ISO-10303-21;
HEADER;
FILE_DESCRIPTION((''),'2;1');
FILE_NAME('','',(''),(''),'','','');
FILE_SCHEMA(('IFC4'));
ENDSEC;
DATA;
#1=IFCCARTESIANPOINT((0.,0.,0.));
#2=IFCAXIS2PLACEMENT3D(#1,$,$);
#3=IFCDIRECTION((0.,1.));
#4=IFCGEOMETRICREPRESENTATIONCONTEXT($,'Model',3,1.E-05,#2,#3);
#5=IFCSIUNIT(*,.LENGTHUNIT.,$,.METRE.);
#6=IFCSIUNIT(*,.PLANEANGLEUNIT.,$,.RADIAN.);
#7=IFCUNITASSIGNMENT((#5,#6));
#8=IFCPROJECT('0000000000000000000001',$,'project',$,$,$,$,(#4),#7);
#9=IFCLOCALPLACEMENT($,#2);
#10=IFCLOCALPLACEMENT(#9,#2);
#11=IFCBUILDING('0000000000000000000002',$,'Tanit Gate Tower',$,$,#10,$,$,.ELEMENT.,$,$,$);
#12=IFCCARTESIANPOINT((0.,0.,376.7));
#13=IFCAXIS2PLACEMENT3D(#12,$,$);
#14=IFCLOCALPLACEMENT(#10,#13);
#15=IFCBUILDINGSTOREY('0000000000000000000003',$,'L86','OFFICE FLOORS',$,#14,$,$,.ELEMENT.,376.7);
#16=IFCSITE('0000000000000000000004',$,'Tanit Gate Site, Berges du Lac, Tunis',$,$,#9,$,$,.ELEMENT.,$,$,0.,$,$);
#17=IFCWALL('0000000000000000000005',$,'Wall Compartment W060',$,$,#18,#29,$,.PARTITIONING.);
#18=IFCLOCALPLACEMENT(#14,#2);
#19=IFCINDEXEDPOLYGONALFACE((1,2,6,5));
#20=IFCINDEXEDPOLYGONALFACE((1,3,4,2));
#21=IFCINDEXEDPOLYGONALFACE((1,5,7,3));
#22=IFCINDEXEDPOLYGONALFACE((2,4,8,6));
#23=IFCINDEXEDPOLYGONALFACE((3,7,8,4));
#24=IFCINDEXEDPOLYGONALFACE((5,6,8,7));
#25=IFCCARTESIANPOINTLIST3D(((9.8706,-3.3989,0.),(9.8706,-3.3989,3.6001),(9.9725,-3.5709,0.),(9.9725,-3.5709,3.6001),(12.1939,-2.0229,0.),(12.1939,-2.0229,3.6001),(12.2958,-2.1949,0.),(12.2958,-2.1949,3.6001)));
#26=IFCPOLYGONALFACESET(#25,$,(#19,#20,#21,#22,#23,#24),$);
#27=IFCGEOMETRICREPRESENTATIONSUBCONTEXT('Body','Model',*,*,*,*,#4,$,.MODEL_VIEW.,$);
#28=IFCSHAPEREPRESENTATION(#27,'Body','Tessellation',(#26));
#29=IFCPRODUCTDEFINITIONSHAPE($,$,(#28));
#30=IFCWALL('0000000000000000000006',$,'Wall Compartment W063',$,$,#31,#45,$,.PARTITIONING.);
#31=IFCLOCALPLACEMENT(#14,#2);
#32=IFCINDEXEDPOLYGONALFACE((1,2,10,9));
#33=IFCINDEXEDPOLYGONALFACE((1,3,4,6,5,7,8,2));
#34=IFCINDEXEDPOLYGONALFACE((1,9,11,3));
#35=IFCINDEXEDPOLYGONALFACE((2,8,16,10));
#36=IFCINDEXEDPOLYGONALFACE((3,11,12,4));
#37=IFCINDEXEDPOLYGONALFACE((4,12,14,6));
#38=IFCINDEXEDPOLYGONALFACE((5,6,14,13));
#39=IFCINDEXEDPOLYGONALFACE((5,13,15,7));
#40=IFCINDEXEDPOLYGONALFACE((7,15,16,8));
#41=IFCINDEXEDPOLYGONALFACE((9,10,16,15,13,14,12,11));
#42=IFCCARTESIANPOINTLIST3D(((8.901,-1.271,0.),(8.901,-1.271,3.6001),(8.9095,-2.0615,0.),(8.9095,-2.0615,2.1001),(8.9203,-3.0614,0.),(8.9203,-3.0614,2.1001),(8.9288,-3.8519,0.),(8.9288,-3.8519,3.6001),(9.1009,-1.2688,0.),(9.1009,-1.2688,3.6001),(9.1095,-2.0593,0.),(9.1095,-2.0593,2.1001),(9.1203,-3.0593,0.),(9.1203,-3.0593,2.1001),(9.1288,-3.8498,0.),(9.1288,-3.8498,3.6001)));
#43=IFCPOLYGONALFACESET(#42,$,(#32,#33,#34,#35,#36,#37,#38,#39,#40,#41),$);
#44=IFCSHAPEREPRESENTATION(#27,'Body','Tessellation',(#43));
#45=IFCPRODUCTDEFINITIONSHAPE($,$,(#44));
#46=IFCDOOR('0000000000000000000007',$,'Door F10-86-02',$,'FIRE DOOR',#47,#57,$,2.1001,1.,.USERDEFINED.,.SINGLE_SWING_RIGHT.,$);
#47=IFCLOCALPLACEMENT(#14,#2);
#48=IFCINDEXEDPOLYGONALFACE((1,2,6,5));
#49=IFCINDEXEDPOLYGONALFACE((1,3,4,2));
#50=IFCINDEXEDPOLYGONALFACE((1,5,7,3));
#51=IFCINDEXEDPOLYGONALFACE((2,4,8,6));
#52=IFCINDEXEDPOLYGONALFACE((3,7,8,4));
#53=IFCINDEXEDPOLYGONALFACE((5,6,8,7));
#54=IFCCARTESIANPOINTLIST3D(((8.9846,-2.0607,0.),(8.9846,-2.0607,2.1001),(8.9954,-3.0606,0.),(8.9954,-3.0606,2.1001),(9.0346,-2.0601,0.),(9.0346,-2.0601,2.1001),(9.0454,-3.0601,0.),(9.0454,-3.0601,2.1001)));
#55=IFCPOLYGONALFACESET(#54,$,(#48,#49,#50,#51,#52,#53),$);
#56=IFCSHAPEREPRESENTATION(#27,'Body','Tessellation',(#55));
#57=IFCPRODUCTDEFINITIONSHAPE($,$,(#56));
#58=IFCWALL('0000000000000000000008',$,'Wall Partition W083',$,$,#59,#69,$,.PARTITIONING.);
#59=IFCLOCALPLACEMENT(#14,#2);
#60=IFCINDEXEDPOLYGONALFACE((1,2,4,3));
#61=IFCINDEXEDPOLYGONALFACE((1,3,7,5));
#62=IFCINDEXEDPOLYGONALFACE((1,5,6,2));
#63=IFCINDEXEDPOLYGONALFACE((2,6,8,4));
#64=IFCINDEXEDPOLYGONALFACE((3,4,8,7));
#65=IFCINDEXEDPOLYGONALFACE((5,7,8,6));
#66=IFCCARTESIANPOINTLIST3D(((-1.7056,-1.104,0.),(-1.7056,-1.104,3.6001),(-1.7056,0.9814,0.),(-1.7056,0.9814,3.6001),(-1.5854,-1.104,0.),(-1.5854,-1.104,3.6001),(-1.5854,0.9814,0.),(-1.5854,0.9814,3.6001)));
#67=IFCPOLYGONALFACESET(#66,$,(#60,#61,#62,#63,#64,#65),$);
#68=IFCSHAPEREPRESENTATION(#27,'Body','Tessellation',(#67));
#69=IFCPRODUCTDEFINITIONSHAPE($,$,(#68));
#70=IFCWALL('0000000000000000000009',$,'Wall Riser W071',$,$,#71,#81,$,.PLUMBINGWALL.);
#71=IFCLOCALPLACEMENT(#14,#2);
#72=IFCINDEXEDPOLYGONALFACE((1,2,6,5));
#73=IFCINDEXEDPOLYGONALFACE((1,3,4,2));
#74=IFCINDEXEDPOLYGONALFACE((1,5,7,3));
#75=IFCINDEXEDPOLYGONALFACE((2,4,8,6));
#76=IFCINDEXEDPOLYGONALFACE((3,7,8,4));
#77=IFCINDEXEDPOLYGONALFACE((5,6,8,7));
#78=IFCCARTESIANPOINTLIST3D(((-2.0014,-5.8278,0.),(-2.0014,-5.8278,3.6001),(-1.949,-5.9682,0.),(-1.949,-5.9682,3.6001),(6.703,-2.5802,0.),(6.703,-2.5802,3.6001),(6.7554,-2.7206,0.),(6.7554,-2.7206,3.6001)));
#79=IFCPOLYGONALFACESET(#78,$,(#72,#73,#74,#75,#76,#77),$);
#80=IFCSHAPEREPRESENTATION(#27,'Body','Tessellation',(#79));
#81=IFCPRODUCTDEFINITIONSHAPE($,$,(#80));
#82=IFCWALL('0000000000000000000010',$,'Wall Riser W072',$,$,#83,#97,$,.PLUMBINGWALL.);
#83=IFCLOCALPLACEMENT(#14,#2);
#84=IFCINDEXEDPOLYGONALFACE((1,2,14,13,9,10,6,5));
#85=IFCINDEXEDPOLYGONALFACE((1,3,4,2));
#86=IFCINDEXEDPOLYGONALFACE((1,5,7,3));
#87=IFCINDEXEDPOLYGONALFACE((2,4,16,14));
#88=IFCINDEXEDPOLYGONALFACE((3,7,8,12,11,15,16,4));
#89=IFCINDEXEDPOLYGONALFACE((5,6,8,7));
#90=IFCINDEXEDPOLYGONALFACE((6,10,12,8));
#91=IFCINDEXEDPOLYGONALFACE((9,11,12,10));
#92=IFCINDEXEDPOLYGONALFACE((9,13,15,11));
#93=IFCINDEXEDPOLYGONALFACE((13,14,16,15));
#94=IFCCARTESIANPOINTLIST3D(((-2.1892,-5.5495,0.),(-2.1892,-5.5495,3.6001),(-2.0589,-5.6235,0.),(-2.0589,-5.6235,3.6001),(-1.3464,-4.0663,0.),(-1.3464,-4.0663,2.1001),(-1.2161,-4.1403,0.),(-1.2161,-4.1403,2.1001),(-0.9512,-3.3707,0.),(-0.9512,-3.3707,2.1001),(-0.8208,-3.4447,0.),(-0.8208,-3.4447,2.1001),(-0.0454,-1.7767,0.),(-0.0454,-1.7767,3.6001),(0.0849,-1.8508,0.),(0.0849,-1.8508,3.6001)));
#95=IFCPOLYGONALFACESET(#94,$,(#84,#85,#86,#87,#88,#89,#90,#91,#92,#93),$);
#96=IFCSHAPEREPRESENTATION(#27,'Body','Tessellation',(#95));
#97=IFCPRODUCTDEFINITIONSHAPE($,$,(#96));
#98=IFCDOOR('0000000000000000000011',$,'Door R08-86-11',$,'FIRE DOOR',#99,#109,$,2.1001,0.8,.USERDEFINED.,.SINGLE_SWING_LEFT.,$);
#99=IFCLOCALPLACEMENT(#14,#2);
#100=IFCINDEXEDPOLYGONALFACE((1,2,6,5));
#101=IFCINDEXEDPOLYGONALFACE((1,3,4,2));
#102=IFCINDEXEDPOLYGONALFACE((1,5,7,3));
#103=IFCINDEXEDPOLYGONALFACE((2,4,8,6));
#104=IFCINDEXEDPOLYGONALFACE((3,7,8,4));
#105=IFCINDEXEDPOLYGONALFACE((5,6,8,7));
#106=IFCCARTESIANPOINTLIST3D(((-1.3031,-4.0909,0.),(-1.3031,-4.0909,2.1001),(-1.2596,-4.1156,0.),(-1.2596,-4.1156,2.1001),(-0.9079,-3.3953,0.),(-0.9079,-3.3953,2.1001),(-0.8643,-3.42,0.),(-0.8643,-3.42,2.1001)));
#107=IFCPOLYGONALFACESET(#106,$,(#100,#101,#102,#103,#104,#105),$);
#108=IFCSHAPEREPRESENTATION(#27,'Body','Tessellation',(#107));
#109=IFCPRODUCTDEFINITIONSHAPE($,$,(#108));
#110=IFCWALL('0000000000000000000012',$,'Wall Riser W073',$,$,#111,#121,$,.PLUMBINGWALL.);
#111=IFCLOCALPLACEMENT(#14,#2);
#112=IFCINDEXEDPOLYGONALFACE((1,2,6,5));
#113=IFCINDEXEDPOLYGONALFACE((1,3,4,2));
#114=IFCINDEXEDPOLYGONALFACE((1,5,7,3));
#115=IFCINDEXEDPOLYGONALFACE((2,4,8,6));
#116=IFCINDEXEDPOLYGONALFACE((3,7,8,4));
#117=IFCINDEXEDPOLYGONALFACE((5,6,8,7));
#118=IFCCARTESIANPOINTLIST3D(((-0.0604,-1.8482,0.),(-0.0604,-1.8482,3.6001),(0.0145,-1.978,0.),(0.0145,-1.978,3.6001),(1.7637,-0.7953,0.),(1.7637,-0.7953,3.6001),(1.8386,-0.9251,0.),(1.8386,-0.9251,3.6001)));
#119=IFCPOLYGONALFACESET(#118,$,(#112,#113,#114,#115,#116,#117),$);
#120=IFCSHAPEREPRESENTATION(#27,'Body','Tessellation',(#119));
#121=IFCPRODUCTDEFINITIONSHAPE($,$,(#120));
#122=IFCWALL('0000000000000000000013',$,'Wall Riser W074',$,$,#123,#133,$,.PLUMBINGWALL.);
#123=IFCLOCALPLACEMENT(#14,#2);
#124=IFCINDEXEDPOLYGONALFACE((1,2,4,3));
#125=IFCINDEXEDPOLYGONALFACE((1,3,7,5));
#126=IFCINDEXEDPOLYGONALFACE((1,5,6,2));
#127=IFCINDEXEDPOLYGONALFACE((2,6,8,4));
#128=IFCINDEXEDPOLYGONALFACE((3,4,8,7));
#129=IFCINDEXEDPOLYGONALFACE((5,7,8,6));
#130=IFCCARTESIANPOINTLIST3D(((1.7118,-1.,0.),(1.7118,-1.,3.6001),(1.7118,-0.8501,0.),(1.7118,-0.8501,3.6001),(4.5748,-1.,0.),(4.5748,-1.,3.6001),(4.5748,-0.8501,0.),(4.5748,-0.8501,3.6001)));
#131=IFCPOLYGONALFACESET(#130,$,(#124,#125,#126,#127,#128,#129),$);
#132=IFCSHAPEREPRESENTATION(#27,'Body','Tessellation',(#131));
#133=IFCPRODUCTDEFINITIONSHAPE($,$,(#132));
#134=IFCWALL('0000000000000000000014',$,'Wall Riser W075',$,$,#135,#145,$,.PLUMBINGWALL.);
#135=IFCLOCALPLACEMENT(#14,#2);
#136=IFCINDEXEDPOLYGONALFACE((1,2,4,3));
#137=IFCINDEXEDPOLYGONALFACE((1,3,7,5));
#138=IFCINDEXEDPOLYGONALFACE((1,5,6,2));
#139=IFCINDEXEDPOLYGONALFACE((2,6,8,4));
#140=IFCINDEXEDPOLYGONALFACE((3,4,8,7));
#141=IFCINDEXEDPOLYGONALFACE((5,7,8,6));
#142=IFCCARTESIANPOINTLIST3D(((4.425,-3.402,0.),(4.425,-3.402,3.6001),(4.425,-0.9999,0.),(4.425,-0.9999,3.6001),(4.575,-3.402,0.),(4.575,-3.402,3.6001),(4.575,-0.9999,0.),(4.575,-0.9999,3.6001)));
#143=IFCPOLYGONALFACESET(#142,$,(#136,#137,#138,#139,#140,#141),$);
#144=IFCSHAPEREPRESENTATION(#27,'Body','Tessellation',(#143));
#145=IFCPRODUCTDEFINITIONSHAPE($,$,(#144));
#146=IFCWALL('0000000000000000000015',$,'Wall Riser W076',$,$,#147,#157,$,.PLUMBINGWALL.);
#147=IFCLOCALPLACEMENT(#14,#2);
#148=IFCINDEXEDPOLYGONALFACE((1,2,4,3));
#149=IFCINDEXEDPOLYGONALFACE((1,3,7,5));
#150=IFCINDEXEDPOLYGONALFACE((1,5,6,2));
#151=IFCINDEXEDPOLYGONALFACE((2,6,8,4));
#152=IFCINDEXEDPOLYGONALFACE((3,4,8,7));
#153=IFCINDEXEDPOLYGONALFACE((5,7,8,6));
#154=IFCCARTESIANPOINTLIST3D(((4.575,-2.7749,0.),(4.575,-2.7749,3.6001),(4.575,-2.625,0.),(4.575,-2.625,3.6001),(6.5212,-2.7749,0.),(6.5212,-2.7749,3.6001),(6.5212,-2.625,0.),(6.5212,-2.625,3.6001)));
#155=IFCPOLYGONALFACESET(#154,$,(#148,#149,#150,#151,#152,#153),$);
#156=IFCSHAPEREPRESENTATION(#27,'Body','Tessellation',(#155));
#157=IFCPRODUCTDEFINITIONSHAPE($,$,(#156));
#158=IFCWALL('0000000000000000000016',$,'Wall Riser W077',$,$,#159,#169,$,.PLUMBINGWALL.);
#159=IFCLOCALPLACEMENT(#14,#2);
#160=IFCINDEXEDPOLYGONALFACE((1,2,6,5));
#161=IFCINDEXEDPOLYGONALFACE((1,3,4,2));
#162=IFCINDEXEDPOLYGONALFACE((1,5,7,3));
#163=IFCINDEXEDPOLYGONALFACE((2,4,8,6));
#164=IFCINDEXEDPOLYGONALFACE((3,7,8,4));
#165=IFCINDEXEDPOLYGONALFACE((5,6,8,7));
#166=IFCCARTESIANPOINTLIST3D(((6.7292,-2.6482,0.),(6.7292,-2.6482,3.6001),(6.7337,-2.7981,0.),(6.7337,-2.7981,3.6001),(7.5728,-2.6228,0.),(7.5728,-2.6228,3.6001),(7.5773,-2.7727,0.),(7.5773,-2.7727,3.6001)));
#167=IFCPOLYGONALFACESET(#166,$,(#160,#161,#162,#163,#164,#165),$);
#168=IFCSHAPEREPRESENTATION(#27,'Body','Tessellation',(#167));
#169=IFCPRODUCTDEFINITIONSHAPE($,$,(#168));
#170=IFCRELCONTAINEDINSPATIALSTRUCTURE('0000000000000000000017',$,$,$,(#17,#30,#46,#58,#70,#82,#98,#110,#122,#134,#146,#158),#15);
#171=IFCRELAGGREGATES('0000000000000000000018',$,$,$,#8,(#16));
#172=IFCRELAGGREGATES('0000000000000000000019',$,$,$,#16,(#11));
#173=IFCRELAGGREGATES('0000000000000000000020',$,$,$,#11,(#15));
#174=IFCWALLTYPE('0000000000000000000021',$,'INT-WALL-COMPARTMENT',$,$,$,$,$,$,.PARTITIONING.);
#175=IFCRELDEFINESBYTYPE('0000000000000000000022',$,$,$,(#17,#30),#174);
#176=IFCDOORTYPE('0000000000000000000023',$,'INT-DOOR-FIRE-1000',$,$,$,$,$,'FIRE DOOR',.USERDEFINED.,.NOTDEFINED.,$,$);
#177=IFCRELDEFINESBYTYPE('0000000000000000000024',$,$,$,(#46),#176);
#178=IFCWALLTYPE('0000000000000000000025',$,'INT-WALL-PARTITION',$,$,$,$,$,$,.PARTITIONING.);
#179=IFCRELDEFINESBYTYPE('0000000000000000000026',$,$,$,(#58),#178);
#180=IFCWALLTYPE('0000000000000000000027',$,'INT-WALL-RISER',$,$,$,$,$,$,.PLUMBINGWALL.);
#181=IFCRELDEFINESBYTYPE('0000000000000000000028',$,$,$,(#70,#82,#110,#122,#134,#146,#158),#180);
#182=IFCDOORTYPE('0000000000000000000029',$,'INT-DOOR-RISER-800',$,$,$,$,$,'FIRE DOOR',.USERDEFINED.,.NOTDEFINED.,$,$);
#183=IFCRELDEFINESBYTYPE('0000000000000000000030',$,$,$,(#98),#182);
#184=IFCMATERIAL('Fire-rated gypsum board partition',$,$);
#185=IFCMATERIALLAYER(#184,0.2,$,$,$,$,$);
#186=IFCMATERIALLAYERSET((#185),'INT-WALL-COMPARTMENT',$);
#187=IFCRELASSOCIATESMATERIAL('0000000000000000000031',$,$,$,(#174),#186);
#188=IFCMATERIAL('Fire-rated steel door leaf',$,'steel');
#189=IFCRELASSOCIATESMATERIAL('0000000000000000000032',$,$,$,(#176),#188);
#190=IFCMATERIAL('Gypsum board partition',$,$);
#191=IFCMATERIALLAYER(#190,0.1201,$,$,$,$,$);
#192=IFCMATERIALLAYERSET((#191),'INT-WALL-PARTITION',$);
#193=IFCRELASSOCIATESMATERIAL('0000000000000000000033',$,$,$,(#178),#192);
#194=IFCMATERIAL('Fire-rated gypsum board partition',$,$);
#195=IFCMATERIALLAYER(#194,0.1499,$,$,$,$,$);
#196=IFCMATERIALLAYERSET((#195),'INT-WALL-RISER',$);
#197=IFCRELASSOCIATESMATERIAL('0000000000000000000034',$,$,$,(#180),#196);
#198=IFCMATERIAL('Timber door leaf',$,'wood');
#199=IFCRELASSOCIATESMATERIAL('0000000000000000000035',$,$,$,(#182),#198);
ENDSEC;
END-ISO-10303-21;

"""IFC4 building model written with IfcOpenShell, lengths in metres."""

from ifc_helpers import new_model, si_unit, direction, frame, frame_2d, origin, place, context, subcontext, project, spatial, rectangle, extrude, material, layer, layer_set, type_object, element, fill, save


model = new_model("IFC4")

# Units and contexts
model_context = context("Model", 3, precision=1e-05, world=origin(), true_north=direction((0.0, 1.0)))
body_context = subcontext(model_context, "Body", "Model", "MODEL_VIEW")
ifc_project = project(units=[si_unit("LENGTHUNIT", "METRE"), si_unit("PLANEANGLEUNIT", "RADIAN")], contexts=[model_context])

# Site, building, storey
site_placement = place(None, origin())
site = spatial("IfcSite", under=ifc_project, at=site_placement, Name="Tanit Gate Site, Berges du Lac, Tunis", CompositionType="ELEMENT", RefElevation=0.0)
building_placement = place(site_placement, origin())
building = spatial("IfcBuilding", under=site, at=building_placement, Name="Tanit Gate Tower", CompositionType="ELEMENT")
storey_placement = place(building_placement, frame((0.0, 0.0, 376.7)))
storey = spatial("IfcBuildingStorey", under=building, at=storey_placement, Name="L86", Description="OFFICE FLOORS", CompositionType="ELEMENT", Elevation=376.7)

# Wall
ifc_material_1 = material(Name="Fire-rated gypsum board partition")
ifc_layer_1 = layer(ifc_material_1, 0.2)
ifc_layer_set_1 = layer_set([ifc_layer_1], Name="INT-WALL-COMPARTMENT")
wall_type_1 = type_object("IfcWallType", Name="INT-WALL-COMPARTMENT", PredefinedType="PARTITIONING", material=ifc_layer_set_1)
wall_1_placement = place(storey_placement, frame((12.2449, -2.1089, 0.0), z_axis=(0.0, 0.0, 1.0), x_axis=(-0.860415, -0.509594, 0.0)))
element("IfcWall", 1, at=wall_1_placement, inside=storey, type_object=wall_type_1, Name="Wall Compartment W060", PredefinedType="PARTITIONING", context=body_context, shape_type="SweptSolid", body=[
    extrude(rectangle(XDim=2.7002, YDim=0.2, at=frame_2d((1.3501, 0.0))), origin(), (0.0, 0.0, 1.0), 3.6001),
])

# Wall, opening, door
wall_2_placement = place(storey_placement, frame((9.0288, -3.8508, 0.0), z_axis=(0.0, 0.0, 1.0), x_axis=(-0.010784, 0.999942, 0.0)))
wall_2 = element("IfcWall", 2, at=wall_2_placement, inside=storey, type_object=wall_type_1, Name="Wall Compartment W063", PredefinedType="PARTITIONING", context=body_context, shape_type="SweptSolid", body=[
    extrude(rectangle(XDim=2.5811, YDim=0.2, at=frame_2d((1.2905, 0.0))), origin(), (0.0, 0.0, 1.0), 3.6001),
])
opening_1_placement = place(wall_2_placement, frame((0.7905, 0.0, 0.0)))
opening_1 = element("IfcOpeningElement", 3, at=opening_1_placement, cuts=wall_2, PredefinedType="OPENING", context=body_context, shape_type="SweptSolid", body=[
    extrude(rectangle(XDim=1.0, YDim=2.1001, at=frame_2d((0.5, 1.05))), frame((0.0, 0.1099, 0.0), z_axis=(0.0, -1.0, 0.0), x_axis=(1.0, 0.0, 0.0)), (0.0, 0.0, 1.0), 0.22),
])
ifc_material_2 = material(Name="Fire-rated steel door leaf", Category="steel")
door_type_1 = type_object("IfcDoorType", Name="INT-DOOR-FIRE-1000", ElementType="FIRE DOOR", OperationType="NOTDEFINED", PredefinedType="USERDEFINED", material=ifc_material_2)
door_1_placement = place(opening_1_placement, origin())
door_1 = element("IfcDoor", 4, at=door_1_placement, inside=storey, type_object=door_type_1, Name="Door F10-86-02", ObjectType="FIRE DOOR", OperationType="SINGLE_SWING_RIGHT", OverallHeight=2.1001, OverallWidth=1.0, PredefinedType="USERDEFINED", context=body_context, shape_type="SweptSolid", body=[
    extrude(rectangle(XDim=1.0, YDim=2.1001, at=frame_2d((0.5, 1.05))), frame((0.0, 0.0249, 0.0), z_axis=(0.0, -1.0, 0.0), x_axis=(1.0, 0.0, 0.0)), (0.0, 0.0, 1.0), 0.05),
])
fill(opening_1, door_1)

# Walls
ifc_material_3 = material(Name="Gypsum board partition")
ifc_layer_2 = layer(ifc_material_3, 0.1201)
ifc_layer_set_2 = layer_set([ifc_layer_2], Name="INT-WALL-PARTITION")
wall_type_2 = type_object("IfcWallType", Name="INT-WALL-PARTITION", PredefinedType="PARTITIONING", material=ifc_layer_set_2)
wall_3_placement = place(storey_placement, frame((-1.6455, -1.104, 0.0), z_axis=(0.0, 0.0, 1.0), x_axis=(0.0, 1.0, 0.0)))
element("IfcWall", 5, at=wall_3_placement, inside=storey, type_object=wall_type_2, Name="Wall Partition W083", PredefinedType="PARTITIONING", context=body_context, shape_type="SweptSolid", body=[
    extrude(rectangle(XDim=2.0854, YDim=0.1201, at=frame_2d((1.0427, 0.0))), origin(), (0.0, 0.0, 1.0), 3.6001),
])
ifc_material_4 = material(Name="Fire-rated gypsum board partition")
ifc_layer_3 = layer(ifc_material_4, 0.1499)
ifc_layer_set_3 = layer_set([ifc_layer_3], Name="INT-WALL-RISER")
wall_type_3 = type_object("IfcWallType", Name="INT-WALL-RISER", PredefinedType="PLUMBINGWALL", material=ifc_layer_set_3)
wall_4_placement = place(storey_placement, frame((6.7292, -2.6504, 0.0), z_axis=(0.0, 0.0, 1.0), x_axis=(-0.936914, -0.349559, 0.0)))
element("IfcWall", 6, at=wall_4_placement, inside=storey, type_object=wall_type_3, Name="Wall Riser W071", PredefinedType="PLUMBINGWALL", context=body_context, shape_type="SweptSolid", body=[
    extrude(rectangle(XDim=9.2905, YDim=0.1499, at=frame_2d((4.6453, 0.0))), origin(), (0.0, 0.0, 1.0), 3.6001),
])

# Wall, opening, door
wall_5_placement = place(storey_placement, frame((0.0198, -1.8137, 0.0), z_axis=(0.0, 0.0, 1.0), x_axis=(-0.494047, -0.869435, 0.0)))
wall_5 = element("IfcWall", 7, at=wall_5_placement, inside=storey, type_object=wall_type_3, Name="Wall Riser W072", PredefinedType="PLUMBINGWALL", context=body_context, shape_type="SweptSolid", body=[
    extrude(rectangle(XDim=4.3394, YDim=0.1499, at=frame_2d((2.1697, 0.0))), origin(), (0.0, 0.0, 1.0), 3.6001),
])
opening_2_placement = place(wall_5_placement, frame((1.8335, 0.0, 0.0)))
opening_2 = element("IfcOpeningElement", 8, at=opening_2_placement, cuts=wall_5, PredefinedType="OPENING", context=body_context, shape_type="SweptSolid", body=[
    extrude(rectangle(XDim=0.8, YDim=2.1001, at=frame_2d((0.3999, 1.05))), frame((0.0, 0.085, 0.0), z_axis=(0.0, -1.0, 0.0), x_axis=(1.0, 0.0, 0.0)), (0.0, 0.0, 1.0), 0.1699),
])
ifc_material_5 = material(Name="Timber door leaf", Category="wood")
door_type_2 = type_object("IfcDoorType", Name="INT-DOOR-RISER-800", ElementType="FIRE DOOR", OperationType="NOTDEFINED", PredefinedType="USERDEFINED", material=ifc_material_5)
door_2_placement = place(opening_2_placement, origin())
door_2 = element("IfcDoor", 9, at=door_2_placement, inside=storey, type_object=door_type_2, Name="Door R08-86-11", ObjectType="FIRE DOOR", OperationType="SINGLE_SWING_LEFT", OverallHeight=2.1001, OverallWidth=0.8, PredefinedType="USERDEFINED", context=body_context, shape_type="SweptSolid", body=[
    extrude(rectangle(XDim=0.8, YDim=2.1001, at=frame_2d((0.3999, 1.05))), frame((0.0, 0.0249, 0.0), z_axis=(0.0, -1.0, 0.0), x_axis=(1.0, 0.0, 0.0)), (0.0, 0.0, 1.0), 0.05),
])
fill(opening_2, door_2)

# Walls
wall_6_placement = place(storey_placement, frame((1.8013, -0.8601, 0.0), z_axis=(0.0, 0.0, 1.0), x_axis=(-0.866074, -0.499916, 0.0)))
element("IfcWall", 10, at=wall_6_placement, inside=storey, type_object=wall_type_3, Name="Wall Riser W073", PredefinedType="PLUMBINGWALL", context=body_context, shape_type="SweptSolid", body=[
    extrude(rectangle(XDim=2.1062, YDim=0.1499, at=frame_2d((1.0532, 0.0))), origin(), (0.0, 0.0, 1.0), 3.6001),
])
wall_7_placement = place(storey_placement, frame((4.575, -0.925, 0.0), z_axis=(0.0, 0.0, 1.0), x_axis=(-1.0, 0.0, 0.0)))
element("IfcWall", 11, at=wall_7_placement, inside=storey, type_object=wall_type_3, Name="Wall Riser W074", PredefinedType="PLUMBINGWALL", context=body_context, shape_type="SweptSolid", body=[
    extrude(rectangle(XDim=2.863, YDim=0.1499, at=frame_2d((1.4316, 0.0))), origin(), (0.0, 0.0, 1.0), 3.6001),
])
wall_8_placement = place(storey_placement, frame((4.5, -3.4021, 0.0), z_axis=(0.0, 0.0, 1.0), x_axis=(0.0, 1.0, 0.0)))
element("IfcWall", 12, at=wall_8_placement, inside=storey, type_object=wall_type_3, Name="Wall Riser W075", PredefinedType="PLUMBINGWALL", context=body_context, shape_type="SweptSolid", body=[
    extrude(rectangle(XDim=2.4021, YDim=0.1499, at=frame_2d((1.2012, 0.0))), origin(), (0.0, 0.0, 1.0), 3.6001),
])
wall_9_placement = place(storey_placement, frame((6.5212, -2.7, 0.0), z_axis=(0.0, 0.0, 1.0), x_axis=(-1.0, 0.0, 0.0)))
element("IfcWall", 13, at=wall_9_placement, inside=storey, type_object=wall_type_3, Name="Wall Riser W076", PredefinedType="PLUMBINGWALL", context=body_context, shape_type="SweptSolid", body=[
    extrude(rectangle(XDim=1.9463, YDim=0.1499, at=frame_2d((0.9731, 0.0))), origin(), (0.0, 0.0, 1.0), 3.6001),
])
wall_10_placement = place(storey_placement, frame((7.575, -2.6978, 0.0), z_axis=(0.0, 0.0, 1.0), x_axis=(-0.999547, -0.030088, 0.0)))
element("IfcWall", 14, at=wall_10_placement, inside=storey, type_object=wall_type_3, Name="Wall Riser W077", PredefinedType="PLUMBINGWALL", context=body_context, shape_type="SweptSolid", body=[
    extrude(rectangle(XDim=0.844, YDim=0.1499, at=frame_2d((0.4219, 0.0))), origin(), (0.0, 0.0, 1.0), 3.6001),
])

save(model, "model.ifc")
